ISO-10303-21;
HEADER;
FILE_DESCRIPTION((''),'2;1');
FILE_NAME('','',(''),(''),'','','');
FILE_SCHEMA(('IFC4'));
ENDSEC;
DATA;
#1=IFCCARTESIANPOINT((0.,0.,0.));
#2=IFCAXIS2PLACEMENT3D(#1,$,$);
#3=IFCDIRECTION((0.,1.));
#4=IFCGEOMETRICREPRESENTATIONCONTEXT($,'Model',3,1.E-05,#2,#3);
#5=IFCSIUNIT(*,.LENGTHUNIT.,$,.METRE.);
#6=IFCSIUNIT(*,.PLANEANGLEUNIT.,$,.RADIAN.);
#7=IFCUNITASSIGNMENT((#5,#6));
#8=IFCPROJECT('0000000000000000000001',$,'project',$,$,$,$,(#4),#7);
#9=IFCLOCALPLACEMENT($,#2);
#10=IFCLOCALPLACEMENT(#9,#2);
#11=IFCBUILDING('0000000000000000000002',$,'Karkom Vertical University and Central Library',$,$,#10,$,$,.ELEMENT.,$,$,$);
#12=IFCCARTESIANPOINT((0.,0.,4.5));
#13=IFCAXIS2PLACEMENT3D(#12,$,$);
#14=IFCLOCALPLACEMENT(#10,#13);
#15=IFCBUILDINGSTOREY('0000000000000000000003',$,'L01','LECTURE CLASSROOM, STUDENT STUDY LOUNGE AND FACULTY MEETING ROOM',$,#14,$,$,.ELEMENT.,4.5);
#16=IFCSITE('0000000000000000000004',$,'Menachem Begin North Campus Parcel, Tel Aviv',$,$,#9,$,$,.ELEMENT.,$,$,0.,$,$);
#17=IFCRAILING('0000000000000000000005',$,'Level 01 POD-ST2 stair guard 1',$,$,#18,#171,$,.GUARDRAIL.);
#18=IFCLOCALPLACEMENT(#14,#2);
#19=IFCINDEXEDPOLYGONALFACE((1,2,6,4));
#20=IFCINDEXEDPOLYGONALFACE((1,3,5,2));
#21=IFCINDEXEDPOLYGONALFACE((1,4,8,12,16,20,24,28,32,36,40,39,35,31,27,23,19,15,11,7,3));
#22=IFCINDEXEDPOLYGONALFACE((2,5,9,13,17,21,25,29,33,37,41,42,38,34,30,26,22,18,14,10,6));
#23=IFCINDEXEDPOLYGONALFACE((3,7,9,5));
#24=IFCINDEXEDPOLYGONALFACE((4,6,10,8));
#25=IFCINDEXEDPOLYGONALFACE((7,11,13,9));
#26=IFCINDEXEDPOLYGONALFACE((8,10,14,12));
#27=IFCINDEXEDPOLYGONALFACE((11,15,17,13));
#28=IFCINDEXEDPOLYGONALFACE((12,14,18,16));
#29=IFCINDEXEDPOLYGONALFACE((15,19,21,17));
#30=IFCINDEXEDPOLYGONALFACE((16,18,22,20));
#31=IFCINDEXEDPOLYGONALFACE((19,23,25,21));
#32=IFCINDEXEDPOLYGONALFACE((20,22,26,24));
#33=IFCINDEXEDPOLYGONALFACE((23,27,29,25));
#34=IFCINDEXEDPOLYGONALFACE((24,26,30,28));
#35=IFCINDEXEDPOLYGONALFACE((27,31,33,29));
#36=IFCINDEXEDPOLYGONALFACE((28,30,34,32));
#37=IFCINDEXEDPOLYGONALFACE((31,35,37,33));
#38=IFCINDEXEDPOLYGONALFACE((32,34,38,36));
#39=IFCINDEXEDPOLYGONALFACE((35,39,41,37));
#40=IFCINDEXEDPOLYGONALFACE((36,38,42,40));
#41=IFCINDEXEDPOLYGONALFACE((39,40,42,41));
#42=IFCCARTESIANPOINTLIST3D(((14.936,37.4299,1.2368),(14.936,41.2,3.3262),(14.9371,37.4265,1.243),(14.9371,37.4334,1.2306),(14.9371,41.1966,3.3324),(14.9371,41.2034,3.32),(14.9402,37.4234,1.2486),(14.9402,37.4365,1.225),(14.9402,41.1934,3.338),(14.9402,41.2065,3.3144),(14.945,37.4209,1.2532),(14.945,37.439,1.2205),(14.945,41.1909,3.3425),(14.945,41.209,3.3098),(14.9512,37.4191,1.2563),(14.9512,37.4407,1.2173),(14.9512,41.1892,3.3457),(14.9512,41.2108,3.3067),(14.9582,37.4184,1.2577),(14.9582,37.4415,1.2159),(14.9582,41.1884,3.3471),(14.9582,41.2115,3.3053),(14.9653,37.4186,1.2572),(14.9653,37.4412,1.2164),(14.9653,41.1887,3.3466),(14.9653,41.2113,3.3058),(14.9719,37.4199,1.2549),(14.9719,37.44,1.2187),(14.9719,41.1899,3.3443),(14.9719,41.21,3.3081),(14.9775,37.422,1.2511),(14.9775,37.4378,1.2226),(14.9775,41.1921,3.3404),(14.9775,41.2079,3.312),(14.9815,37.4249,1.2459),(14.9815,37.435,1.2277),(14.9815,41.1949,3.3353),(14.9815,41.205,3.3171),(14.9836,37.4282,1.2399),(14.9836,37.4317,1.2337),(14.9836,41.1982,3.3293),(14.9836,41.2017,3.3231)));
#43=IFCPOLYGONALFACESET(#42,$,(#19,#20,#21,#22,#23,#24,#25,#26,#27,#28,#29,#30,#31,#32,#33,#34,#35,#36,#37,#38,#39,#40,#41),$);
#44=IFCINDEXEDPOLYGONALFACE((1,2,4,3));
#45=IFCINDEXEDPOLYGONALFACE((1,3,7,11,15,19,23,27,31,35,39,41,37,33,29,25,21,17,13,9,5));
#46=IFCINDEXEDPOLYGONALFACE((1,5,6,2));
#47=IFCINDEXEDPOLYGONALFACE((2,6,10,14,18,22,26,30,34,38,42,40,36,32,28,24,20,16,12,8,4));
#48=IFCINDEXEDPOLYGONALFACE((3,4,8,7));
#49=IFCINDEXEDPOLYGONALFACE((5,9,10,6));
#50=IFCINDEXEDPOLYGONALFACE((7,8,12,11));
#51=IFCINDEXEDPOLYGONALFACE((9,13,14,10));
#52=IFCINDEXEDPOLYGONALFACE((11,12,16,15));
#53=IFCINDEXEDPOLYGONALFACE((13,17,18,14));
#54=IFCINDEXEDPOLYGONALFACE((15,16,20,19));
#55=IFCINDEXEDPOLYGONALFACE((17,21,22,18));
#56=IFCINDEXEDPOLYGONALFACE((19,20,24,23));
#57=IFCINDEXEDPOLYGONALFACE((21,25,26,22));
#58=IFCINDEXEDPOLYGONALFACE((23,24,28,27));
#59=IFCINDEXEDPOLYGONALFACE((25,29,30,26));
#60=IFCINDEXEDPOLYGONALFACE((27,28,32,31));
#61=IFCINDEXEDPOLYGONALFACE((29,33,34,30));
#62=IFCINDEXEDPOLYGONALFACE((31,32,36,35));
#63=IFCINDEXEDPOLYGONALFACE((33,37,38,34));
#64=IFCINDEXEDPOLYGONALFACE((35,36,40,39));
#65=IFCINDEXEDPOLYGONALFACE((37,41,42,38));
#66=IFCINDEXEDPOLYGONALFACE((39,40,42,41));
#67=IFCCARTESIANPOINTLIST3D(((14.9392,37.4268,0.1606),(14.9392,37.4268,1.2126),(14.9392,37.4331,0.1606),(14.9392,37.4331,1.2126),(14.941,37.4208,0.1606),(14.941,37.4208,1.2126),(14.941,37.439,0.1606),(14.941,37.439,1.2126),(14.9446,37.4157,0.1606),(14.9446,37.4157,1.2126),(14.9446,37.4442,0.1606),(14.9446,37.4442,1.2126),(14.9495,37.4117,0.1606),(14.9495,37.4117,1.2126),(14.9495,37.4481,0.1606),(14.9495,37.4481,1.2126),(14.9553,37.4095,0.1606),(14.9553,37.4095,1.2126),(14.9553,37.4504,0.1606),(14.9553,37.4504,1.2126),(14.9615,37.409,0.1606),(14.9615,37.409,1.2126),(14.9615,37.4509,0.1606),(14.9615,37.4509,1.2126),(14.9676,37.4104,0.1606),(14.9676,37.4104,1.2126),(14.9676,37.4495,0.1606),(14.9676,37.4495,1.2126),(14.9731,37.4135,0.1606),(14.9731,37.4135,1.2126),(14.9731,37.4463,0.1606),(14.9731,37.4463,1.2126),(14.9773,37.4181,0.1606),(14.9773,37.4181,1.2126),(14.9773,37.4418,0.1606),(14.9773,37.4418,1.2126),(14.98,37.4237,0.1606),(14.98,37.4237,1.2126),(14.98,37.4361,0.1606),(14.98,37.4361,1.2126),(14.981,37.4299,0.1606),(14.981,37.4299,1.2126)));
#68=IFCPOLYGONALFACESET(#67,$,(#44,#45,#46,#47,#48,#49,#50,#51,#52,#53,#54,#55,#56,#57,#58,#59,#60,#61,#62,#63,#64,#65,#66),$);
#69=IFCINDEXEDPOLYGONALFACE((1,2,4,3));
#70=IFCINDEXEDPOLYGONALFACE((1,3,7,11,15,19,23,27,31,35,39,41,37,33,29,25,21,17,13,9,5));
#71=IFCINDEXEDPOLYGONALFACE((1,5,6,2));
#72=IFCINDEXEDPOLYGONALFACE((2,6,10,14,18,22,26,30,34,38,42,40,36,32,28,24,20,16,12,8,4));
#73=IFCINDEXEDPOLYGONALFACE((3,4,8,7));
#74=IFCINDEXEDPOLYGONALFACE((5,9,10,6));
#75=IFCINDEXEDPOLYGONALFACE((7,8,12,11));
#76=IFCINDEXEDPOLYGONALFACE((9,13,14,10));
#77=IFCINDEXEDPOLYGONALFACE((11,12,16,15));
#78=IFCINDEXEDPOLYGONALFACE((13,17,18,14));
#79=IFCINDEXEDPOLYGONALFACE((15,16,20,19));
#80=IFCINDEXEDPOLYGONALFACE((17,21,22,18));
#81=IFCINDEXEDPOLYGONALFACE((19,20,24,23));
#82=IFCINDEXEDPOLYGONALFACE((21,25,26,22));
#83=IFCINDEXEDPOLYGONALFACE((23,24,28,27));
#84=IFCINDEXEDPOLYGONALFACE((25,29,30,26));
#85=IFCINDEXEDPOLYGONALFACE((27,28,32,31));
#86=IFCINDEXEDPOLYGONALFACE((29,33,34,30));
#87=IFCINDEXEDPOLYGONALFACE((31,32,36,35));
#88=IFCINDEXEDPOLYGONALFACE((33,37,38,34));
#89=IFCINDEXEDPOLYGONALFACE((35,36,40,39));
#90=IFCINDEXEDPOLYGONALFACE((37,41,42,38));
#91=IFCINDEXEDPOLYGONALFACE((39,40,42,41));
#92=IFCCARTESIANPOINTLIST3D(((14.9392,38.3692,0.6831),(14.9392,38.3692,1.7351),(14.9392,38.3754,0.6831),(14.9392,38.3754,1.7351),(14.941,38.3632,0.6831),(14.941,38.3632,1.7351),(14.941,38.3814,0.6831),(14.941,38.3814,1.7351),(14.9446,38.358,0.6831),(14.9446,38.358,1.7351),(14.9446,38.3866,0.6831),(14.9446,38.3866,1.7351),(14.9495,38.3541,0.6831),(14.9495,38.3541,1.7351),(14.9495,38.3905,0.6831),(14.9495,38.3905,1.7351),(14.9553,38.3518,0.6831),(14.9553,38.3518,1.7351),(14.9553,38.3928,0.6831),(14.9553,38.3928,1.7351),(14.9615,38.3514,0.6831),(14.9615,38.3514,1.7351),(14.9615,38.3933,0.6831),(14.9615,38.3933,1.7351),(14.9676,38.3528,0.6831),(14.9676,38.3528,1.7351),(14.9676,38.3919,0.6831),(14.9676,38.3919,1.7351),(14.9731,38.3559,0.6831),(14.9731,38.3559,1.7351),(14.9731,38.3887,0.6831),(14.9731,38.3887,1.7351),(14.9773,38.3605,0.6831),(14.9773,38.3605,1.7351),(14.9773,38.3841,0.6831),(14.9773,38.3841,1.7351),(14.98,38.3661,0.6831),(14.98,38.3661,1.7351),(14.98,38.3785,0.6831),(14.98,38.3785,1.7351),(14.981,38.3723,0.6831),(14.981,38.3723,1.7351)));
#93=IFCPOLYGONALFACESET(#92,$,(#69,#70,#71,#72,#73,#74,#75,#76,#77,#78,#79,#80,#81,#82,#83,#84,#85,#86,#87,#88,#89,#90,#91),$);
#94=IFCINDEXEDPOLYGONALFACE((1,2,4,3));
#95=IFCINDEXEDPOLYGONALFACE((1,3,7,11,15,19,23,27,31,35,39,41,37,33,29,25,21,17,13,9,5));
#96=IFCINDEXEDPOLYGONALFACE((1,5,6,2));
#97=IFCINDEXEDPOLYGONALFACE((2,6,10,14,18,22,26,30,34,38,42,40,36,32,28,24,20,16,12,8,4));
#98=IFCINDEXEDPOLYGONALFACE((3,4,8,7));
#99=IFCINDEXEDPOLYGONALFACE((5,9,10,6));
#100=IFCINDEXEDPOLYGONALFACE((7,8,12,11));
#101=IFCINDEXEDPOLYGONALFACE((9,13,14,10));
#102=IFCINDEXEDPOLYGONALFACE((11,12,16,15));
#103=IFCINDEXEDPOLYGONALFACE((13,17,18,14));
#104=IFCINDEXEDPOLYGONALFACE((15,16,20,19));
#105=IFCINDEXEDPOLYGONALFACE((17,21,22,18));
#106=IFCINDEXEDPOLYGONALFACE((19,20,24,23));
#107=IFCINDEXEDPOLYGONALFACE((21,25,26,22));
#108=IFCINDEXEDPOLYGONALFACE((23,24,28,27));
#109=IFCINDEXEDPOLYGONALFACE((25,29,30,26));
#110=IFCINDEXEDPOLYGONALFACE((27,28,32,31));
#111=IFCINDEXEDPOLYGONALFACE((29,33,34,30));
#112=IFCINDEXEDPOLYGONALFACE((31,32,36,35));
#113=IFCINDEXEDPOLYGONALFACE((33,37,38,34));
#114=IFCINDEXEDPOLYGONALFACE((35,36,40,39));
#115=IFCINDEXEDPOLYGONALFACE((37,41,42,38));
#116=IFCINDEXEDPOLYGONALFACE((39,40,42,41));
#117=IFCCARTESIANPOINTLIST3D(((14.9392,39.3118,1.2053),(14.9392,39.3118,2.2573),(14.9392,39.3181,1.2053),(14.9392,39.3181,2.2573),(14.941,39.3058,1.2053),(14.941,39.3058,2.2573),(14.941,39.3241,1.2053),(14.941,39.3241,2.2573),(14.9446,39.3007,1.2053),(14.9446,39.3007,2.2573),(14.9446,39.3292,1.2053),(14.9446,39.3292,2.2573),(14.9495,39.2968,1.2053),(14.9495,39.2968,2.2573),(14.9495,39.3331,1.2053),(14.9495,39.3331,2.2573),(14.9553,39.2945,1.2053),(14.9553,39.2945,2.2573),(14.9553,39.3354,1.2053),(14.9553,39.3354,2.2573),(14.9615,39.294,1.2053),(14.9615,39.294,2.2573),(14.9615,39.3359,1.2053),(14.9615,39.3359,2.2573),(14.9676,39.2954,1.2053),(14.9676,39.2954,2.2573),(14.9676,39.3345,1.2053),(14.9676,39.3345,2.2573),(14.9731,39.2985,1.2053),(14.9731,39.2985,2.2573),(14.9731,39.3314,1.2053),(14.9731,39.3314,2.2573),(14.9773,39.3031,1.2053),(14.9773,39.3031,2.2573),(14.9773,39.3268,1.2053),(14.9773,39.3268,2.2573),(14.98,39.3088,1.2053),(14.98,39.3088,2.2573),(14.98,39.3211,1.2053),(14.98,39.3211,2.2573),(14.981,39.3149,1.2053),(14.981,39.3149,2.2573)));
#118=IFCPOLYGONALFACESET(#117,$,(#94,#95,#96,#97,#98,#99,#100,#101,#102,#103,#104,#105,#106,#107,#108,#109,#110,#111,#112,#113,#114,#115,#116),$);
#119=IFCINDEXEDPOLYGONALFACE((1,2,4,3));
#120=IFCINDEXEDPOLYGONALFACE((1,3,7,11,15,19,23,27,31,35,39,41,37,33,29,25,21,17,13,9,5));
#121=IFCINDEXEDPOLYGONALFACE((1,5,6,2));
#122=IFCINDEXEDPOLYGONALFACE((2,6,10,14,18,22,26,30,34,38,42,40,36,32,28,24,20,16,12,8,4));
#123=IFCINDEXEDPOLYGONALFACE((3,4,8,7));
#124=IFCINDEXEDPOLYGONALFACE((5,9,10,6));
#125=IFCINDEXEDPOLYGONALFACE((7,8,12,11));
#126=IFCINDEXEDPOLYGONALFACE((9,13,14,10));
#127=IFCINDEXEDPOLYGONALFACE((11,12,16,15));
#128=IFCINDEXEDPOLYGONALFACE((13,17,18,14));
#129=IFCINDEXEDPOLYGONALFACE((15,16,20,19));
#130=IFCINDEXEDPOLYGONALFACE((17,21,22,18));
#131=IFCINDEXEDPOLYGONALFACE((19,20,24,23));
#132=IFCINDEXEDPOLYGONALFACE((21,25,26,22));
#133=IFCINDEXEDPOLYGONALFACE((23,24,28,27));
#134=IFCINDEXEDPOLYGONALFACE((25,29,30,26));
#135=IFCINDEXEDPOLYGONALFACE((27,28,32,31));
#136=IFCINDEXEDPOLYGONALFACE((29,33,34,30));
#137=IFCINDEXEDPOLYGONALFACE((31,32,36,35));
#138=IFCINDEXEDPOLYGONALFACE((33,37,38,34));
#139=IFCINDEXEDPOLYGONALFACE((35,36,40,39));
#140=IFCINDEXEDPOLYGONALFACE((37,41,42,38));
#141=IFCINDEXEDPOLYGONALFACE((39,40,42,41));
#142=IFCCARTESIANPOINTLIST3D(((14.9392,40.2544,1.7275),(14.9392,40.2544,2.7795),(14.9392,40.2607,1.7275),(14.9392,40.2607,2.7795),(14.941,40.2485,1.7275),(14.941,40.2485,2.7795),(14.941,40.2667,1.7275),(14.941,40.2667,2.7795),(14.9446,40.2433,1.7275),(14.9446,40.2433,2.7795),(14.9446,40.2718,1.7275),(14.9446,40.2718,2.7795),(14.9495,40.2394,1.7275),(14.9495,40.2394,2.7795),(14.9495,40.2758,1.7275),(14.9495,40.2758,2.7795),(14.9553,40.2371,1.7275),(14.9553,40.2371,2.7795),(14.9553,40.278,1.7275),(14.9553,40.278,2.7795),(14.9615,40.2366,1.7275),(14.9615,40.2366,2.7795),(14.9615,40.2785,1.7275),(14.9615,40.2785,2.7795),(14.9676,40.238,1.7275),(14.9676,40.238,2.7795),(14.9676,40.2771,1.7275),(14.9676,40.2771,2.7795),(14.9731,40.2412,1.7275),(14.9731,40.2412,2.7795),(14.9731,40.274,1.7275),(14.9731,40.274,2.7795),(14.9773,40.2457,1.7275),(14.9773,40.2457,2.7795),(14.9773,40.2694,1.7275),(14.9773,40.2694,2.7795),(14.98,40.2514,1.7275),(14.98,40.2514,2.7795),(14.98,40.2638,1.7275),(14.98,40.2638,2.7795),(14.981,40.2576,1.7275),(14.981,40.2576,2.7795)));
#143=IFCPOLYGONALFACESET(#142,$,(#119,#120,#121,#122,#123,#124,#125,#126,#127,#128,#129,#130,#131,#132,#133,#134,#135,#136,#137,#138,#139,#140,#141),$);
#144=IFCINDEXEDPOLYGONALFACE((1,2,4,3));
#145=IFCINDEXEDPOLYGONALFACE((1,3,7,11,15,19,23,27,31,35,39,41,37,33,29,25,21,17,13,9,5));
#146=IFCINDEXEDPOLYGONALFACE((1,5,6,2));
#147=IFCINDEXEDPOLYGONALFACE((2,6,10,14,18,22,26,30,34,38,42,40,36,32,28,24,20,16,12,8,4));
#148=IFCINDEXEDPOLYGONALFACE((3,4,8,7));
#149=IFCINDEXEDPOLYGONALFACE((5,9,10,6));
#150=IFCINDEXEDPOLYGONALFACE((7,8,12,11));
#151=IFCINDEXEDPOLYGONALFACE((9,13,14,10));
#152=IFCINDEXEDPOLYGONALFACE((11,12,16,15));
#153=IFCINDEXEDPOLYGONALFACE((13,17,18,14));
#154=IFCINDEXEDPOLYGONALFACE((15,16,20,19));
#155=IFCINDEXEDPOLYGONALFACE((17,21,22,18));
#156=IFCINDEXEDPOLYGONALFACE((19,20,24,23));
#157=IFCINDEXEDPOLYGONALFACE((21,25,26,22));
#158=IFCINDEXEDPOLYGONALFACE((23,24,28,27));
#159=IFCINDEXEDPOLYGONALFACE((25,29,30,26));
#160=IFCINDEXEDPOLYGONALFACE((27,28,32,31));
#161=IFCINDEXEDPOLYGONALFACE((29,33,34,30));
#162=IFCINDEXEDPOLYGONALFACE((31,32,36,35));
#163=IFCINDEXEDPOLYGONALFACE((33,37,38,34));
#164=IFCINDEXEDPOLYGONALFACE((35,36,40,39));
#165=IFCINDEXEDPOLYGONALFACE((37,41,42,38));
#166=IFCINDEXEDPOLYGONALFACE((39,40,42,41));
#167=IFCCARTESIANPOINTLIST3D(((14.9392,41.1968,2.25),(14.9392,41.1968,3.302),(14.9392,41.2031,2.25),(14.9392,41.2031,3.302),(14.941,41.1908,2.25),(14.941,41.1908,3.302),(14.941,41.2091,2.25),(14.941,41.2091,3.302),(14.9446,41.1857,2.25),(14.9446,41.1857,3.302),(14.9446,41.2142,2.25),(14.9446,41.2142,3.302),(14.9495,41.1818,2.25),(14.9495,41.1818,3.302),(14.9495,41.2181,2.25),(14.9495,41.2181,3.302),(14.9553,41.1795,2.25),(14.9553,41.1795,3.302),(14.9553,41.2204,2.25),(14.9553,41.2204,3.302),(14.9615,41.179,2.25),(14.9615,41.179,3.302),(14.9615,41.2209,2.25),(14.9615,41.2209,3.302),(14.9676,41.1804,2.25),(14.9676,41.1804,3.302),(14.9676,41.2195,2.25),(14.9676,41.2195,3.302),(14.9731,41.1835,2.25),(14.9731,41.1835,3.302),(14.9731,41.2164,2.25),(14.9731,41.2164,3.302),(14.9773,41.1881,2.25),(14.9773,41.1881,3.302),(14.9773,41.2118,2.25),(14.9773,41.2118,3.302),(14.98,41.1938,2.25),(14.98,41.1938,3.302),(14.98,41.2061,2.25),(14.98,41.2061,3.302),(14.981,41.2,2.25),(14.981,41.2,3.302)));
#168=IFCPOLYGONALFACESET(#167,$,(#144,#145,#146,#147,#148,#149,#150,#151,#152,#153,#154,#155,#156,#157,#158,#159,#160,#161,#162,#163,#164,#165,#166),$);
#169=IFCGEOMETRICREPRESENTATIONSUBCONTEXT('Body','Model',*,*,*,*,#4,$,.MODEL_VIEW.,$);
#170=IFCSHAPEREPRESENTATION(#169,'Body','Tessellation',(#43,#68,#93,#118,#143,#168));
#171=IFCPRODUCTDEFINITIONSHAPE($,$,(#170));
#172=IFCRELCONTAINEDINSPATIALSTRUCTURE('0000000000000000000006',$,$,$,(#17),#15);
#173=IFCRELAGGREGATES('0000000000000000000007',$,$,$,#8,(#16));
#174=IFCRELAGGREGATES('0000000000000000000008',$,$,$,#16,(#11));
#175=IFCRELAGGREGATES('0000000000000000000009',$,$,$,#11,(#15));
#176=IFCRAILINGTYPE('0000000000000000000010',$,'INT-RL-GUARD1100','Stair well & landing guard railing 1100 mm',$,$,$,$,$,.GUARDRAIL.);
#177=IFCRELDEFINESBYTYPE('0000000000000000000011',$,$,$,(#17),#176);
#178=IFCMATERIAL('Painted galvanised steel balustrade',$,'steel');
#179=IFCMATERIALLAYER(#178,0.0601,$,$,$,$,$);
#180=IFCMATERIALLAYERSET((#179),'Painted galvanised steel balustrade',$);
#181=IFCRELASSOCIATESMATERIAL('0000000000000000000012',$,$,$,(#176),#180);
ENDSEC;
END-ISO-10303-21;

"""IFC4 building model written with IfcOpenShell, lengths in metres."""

from ifc_helpers import new_model, si_unit, direction, frame, origin, origin_2d, place, context, subcontext, project, spatial, circle, extrude, material, layer, layer_set, type_object, element, save


model = new_model("IFC4")

# Units and contexts
model_context = context("Model", 3, precision=1e-05, world=origin(), true_north=direction((0.0, 1.0)))
body_context = subcontext(model_context, "Body", "Model", "MODEL_VIEW")
ifc_project = project(units=[si_unit("LENGTHUNIT", "METRE"), si_unit("PLANEANGLEUNIT", "RADIAN")], contexts=[model_context])

# Site, building, storey
site_placement = place(None, origin())
site = spatial("IfcSite", under=ifc_project, at=site_placement, Name="Menachem Begin North Campus Parcel, Tel Aviv", CompositionType="ELEMENT", RefElevation=0.0)
building_placement = place(site_placement, origin())
building = spatial("IfcBuilding", under=site, at=building_placement, Name="Karkom Vertical University and Central Library", CompositionType="ELEMENT")
storey_placement = place(building_placement, frame((0.0, 0.0, 4.5)))
storey = spatial("IfcBuildingStorey", under=building, at=storey_placement, Name="L01", Description="LECTURE CLASSROOM, STUDENT STUDY LOUNGE AND FACULTY MEETING ROOM", CompositionType="ELEMENT", Elevation=4.5)

# Railing
ifc_material_1 = material(Name="Painted galvanised steel balustrade", Category="steel")
ifc_layer_1 = layer(ifc_material_1, 0.0601)
ifc_layer_set_1 = layer_set([ifc_layer_1], Name="Painted galvanised steel balustrade")
railing_type_1 = type_object("IfcRailingType", Name="INT-RL-GUARD1100", Description="Stair well & landing guard railing 1100 mm", PredefinedType="GUARDRAIL", material=ifc_layer_set_1)
railing_1_placement = place(storey_placement, frame((14.96, 37.4299, 0.1606)))
element("IfcRailing", 1, at=railing_1_placement, inside=storey, type_object=railing_type_1, Name="Level 01 POD-ST2 stair guard 1", PredefinedType="GUARDRAIL", context=body_context, shape_type="SweptSolid", body=[
    extrude(circle(Radius=0.0239, at=origin_2d()), frame((0.0, 0.0, 1.0762), z_axis=(0.0, 0.874659, 0.484739), x_axis=(-1.0, 0.0, 0.0)), (0.0, 0.0, 1.0), 4.3103),
    extrude(circle(Radius=0.021, at=origin_2d()), origin(), (0.0, 0.0, 1.0), 1.052),
    extrude(circle(Radius=0.021, at=origin_2d()), frame((0.0, 0.9424, 0.5225)), (0.0, 0.0, 1.0), 1.052),
    extrude(circle(Radius=0.021, at=origin_2d()), frame((0.0, 1.885, 1.0447)), (0.0, 0.0, 1.0), 1.052),
    extrude(circle(Radius=0.021, at=origin_2d()), frame((0.0, 2.8276, 1.5669)), (0.0, 0.0, 1.0), 1.052),
    extrude(circle(Radius=0.021, at=origin_2d()), frame((0.0, 3.77, 2.0894)), (0.0, 0.0, 1.0), 1.052),
])

save(model, "model.ifc")
